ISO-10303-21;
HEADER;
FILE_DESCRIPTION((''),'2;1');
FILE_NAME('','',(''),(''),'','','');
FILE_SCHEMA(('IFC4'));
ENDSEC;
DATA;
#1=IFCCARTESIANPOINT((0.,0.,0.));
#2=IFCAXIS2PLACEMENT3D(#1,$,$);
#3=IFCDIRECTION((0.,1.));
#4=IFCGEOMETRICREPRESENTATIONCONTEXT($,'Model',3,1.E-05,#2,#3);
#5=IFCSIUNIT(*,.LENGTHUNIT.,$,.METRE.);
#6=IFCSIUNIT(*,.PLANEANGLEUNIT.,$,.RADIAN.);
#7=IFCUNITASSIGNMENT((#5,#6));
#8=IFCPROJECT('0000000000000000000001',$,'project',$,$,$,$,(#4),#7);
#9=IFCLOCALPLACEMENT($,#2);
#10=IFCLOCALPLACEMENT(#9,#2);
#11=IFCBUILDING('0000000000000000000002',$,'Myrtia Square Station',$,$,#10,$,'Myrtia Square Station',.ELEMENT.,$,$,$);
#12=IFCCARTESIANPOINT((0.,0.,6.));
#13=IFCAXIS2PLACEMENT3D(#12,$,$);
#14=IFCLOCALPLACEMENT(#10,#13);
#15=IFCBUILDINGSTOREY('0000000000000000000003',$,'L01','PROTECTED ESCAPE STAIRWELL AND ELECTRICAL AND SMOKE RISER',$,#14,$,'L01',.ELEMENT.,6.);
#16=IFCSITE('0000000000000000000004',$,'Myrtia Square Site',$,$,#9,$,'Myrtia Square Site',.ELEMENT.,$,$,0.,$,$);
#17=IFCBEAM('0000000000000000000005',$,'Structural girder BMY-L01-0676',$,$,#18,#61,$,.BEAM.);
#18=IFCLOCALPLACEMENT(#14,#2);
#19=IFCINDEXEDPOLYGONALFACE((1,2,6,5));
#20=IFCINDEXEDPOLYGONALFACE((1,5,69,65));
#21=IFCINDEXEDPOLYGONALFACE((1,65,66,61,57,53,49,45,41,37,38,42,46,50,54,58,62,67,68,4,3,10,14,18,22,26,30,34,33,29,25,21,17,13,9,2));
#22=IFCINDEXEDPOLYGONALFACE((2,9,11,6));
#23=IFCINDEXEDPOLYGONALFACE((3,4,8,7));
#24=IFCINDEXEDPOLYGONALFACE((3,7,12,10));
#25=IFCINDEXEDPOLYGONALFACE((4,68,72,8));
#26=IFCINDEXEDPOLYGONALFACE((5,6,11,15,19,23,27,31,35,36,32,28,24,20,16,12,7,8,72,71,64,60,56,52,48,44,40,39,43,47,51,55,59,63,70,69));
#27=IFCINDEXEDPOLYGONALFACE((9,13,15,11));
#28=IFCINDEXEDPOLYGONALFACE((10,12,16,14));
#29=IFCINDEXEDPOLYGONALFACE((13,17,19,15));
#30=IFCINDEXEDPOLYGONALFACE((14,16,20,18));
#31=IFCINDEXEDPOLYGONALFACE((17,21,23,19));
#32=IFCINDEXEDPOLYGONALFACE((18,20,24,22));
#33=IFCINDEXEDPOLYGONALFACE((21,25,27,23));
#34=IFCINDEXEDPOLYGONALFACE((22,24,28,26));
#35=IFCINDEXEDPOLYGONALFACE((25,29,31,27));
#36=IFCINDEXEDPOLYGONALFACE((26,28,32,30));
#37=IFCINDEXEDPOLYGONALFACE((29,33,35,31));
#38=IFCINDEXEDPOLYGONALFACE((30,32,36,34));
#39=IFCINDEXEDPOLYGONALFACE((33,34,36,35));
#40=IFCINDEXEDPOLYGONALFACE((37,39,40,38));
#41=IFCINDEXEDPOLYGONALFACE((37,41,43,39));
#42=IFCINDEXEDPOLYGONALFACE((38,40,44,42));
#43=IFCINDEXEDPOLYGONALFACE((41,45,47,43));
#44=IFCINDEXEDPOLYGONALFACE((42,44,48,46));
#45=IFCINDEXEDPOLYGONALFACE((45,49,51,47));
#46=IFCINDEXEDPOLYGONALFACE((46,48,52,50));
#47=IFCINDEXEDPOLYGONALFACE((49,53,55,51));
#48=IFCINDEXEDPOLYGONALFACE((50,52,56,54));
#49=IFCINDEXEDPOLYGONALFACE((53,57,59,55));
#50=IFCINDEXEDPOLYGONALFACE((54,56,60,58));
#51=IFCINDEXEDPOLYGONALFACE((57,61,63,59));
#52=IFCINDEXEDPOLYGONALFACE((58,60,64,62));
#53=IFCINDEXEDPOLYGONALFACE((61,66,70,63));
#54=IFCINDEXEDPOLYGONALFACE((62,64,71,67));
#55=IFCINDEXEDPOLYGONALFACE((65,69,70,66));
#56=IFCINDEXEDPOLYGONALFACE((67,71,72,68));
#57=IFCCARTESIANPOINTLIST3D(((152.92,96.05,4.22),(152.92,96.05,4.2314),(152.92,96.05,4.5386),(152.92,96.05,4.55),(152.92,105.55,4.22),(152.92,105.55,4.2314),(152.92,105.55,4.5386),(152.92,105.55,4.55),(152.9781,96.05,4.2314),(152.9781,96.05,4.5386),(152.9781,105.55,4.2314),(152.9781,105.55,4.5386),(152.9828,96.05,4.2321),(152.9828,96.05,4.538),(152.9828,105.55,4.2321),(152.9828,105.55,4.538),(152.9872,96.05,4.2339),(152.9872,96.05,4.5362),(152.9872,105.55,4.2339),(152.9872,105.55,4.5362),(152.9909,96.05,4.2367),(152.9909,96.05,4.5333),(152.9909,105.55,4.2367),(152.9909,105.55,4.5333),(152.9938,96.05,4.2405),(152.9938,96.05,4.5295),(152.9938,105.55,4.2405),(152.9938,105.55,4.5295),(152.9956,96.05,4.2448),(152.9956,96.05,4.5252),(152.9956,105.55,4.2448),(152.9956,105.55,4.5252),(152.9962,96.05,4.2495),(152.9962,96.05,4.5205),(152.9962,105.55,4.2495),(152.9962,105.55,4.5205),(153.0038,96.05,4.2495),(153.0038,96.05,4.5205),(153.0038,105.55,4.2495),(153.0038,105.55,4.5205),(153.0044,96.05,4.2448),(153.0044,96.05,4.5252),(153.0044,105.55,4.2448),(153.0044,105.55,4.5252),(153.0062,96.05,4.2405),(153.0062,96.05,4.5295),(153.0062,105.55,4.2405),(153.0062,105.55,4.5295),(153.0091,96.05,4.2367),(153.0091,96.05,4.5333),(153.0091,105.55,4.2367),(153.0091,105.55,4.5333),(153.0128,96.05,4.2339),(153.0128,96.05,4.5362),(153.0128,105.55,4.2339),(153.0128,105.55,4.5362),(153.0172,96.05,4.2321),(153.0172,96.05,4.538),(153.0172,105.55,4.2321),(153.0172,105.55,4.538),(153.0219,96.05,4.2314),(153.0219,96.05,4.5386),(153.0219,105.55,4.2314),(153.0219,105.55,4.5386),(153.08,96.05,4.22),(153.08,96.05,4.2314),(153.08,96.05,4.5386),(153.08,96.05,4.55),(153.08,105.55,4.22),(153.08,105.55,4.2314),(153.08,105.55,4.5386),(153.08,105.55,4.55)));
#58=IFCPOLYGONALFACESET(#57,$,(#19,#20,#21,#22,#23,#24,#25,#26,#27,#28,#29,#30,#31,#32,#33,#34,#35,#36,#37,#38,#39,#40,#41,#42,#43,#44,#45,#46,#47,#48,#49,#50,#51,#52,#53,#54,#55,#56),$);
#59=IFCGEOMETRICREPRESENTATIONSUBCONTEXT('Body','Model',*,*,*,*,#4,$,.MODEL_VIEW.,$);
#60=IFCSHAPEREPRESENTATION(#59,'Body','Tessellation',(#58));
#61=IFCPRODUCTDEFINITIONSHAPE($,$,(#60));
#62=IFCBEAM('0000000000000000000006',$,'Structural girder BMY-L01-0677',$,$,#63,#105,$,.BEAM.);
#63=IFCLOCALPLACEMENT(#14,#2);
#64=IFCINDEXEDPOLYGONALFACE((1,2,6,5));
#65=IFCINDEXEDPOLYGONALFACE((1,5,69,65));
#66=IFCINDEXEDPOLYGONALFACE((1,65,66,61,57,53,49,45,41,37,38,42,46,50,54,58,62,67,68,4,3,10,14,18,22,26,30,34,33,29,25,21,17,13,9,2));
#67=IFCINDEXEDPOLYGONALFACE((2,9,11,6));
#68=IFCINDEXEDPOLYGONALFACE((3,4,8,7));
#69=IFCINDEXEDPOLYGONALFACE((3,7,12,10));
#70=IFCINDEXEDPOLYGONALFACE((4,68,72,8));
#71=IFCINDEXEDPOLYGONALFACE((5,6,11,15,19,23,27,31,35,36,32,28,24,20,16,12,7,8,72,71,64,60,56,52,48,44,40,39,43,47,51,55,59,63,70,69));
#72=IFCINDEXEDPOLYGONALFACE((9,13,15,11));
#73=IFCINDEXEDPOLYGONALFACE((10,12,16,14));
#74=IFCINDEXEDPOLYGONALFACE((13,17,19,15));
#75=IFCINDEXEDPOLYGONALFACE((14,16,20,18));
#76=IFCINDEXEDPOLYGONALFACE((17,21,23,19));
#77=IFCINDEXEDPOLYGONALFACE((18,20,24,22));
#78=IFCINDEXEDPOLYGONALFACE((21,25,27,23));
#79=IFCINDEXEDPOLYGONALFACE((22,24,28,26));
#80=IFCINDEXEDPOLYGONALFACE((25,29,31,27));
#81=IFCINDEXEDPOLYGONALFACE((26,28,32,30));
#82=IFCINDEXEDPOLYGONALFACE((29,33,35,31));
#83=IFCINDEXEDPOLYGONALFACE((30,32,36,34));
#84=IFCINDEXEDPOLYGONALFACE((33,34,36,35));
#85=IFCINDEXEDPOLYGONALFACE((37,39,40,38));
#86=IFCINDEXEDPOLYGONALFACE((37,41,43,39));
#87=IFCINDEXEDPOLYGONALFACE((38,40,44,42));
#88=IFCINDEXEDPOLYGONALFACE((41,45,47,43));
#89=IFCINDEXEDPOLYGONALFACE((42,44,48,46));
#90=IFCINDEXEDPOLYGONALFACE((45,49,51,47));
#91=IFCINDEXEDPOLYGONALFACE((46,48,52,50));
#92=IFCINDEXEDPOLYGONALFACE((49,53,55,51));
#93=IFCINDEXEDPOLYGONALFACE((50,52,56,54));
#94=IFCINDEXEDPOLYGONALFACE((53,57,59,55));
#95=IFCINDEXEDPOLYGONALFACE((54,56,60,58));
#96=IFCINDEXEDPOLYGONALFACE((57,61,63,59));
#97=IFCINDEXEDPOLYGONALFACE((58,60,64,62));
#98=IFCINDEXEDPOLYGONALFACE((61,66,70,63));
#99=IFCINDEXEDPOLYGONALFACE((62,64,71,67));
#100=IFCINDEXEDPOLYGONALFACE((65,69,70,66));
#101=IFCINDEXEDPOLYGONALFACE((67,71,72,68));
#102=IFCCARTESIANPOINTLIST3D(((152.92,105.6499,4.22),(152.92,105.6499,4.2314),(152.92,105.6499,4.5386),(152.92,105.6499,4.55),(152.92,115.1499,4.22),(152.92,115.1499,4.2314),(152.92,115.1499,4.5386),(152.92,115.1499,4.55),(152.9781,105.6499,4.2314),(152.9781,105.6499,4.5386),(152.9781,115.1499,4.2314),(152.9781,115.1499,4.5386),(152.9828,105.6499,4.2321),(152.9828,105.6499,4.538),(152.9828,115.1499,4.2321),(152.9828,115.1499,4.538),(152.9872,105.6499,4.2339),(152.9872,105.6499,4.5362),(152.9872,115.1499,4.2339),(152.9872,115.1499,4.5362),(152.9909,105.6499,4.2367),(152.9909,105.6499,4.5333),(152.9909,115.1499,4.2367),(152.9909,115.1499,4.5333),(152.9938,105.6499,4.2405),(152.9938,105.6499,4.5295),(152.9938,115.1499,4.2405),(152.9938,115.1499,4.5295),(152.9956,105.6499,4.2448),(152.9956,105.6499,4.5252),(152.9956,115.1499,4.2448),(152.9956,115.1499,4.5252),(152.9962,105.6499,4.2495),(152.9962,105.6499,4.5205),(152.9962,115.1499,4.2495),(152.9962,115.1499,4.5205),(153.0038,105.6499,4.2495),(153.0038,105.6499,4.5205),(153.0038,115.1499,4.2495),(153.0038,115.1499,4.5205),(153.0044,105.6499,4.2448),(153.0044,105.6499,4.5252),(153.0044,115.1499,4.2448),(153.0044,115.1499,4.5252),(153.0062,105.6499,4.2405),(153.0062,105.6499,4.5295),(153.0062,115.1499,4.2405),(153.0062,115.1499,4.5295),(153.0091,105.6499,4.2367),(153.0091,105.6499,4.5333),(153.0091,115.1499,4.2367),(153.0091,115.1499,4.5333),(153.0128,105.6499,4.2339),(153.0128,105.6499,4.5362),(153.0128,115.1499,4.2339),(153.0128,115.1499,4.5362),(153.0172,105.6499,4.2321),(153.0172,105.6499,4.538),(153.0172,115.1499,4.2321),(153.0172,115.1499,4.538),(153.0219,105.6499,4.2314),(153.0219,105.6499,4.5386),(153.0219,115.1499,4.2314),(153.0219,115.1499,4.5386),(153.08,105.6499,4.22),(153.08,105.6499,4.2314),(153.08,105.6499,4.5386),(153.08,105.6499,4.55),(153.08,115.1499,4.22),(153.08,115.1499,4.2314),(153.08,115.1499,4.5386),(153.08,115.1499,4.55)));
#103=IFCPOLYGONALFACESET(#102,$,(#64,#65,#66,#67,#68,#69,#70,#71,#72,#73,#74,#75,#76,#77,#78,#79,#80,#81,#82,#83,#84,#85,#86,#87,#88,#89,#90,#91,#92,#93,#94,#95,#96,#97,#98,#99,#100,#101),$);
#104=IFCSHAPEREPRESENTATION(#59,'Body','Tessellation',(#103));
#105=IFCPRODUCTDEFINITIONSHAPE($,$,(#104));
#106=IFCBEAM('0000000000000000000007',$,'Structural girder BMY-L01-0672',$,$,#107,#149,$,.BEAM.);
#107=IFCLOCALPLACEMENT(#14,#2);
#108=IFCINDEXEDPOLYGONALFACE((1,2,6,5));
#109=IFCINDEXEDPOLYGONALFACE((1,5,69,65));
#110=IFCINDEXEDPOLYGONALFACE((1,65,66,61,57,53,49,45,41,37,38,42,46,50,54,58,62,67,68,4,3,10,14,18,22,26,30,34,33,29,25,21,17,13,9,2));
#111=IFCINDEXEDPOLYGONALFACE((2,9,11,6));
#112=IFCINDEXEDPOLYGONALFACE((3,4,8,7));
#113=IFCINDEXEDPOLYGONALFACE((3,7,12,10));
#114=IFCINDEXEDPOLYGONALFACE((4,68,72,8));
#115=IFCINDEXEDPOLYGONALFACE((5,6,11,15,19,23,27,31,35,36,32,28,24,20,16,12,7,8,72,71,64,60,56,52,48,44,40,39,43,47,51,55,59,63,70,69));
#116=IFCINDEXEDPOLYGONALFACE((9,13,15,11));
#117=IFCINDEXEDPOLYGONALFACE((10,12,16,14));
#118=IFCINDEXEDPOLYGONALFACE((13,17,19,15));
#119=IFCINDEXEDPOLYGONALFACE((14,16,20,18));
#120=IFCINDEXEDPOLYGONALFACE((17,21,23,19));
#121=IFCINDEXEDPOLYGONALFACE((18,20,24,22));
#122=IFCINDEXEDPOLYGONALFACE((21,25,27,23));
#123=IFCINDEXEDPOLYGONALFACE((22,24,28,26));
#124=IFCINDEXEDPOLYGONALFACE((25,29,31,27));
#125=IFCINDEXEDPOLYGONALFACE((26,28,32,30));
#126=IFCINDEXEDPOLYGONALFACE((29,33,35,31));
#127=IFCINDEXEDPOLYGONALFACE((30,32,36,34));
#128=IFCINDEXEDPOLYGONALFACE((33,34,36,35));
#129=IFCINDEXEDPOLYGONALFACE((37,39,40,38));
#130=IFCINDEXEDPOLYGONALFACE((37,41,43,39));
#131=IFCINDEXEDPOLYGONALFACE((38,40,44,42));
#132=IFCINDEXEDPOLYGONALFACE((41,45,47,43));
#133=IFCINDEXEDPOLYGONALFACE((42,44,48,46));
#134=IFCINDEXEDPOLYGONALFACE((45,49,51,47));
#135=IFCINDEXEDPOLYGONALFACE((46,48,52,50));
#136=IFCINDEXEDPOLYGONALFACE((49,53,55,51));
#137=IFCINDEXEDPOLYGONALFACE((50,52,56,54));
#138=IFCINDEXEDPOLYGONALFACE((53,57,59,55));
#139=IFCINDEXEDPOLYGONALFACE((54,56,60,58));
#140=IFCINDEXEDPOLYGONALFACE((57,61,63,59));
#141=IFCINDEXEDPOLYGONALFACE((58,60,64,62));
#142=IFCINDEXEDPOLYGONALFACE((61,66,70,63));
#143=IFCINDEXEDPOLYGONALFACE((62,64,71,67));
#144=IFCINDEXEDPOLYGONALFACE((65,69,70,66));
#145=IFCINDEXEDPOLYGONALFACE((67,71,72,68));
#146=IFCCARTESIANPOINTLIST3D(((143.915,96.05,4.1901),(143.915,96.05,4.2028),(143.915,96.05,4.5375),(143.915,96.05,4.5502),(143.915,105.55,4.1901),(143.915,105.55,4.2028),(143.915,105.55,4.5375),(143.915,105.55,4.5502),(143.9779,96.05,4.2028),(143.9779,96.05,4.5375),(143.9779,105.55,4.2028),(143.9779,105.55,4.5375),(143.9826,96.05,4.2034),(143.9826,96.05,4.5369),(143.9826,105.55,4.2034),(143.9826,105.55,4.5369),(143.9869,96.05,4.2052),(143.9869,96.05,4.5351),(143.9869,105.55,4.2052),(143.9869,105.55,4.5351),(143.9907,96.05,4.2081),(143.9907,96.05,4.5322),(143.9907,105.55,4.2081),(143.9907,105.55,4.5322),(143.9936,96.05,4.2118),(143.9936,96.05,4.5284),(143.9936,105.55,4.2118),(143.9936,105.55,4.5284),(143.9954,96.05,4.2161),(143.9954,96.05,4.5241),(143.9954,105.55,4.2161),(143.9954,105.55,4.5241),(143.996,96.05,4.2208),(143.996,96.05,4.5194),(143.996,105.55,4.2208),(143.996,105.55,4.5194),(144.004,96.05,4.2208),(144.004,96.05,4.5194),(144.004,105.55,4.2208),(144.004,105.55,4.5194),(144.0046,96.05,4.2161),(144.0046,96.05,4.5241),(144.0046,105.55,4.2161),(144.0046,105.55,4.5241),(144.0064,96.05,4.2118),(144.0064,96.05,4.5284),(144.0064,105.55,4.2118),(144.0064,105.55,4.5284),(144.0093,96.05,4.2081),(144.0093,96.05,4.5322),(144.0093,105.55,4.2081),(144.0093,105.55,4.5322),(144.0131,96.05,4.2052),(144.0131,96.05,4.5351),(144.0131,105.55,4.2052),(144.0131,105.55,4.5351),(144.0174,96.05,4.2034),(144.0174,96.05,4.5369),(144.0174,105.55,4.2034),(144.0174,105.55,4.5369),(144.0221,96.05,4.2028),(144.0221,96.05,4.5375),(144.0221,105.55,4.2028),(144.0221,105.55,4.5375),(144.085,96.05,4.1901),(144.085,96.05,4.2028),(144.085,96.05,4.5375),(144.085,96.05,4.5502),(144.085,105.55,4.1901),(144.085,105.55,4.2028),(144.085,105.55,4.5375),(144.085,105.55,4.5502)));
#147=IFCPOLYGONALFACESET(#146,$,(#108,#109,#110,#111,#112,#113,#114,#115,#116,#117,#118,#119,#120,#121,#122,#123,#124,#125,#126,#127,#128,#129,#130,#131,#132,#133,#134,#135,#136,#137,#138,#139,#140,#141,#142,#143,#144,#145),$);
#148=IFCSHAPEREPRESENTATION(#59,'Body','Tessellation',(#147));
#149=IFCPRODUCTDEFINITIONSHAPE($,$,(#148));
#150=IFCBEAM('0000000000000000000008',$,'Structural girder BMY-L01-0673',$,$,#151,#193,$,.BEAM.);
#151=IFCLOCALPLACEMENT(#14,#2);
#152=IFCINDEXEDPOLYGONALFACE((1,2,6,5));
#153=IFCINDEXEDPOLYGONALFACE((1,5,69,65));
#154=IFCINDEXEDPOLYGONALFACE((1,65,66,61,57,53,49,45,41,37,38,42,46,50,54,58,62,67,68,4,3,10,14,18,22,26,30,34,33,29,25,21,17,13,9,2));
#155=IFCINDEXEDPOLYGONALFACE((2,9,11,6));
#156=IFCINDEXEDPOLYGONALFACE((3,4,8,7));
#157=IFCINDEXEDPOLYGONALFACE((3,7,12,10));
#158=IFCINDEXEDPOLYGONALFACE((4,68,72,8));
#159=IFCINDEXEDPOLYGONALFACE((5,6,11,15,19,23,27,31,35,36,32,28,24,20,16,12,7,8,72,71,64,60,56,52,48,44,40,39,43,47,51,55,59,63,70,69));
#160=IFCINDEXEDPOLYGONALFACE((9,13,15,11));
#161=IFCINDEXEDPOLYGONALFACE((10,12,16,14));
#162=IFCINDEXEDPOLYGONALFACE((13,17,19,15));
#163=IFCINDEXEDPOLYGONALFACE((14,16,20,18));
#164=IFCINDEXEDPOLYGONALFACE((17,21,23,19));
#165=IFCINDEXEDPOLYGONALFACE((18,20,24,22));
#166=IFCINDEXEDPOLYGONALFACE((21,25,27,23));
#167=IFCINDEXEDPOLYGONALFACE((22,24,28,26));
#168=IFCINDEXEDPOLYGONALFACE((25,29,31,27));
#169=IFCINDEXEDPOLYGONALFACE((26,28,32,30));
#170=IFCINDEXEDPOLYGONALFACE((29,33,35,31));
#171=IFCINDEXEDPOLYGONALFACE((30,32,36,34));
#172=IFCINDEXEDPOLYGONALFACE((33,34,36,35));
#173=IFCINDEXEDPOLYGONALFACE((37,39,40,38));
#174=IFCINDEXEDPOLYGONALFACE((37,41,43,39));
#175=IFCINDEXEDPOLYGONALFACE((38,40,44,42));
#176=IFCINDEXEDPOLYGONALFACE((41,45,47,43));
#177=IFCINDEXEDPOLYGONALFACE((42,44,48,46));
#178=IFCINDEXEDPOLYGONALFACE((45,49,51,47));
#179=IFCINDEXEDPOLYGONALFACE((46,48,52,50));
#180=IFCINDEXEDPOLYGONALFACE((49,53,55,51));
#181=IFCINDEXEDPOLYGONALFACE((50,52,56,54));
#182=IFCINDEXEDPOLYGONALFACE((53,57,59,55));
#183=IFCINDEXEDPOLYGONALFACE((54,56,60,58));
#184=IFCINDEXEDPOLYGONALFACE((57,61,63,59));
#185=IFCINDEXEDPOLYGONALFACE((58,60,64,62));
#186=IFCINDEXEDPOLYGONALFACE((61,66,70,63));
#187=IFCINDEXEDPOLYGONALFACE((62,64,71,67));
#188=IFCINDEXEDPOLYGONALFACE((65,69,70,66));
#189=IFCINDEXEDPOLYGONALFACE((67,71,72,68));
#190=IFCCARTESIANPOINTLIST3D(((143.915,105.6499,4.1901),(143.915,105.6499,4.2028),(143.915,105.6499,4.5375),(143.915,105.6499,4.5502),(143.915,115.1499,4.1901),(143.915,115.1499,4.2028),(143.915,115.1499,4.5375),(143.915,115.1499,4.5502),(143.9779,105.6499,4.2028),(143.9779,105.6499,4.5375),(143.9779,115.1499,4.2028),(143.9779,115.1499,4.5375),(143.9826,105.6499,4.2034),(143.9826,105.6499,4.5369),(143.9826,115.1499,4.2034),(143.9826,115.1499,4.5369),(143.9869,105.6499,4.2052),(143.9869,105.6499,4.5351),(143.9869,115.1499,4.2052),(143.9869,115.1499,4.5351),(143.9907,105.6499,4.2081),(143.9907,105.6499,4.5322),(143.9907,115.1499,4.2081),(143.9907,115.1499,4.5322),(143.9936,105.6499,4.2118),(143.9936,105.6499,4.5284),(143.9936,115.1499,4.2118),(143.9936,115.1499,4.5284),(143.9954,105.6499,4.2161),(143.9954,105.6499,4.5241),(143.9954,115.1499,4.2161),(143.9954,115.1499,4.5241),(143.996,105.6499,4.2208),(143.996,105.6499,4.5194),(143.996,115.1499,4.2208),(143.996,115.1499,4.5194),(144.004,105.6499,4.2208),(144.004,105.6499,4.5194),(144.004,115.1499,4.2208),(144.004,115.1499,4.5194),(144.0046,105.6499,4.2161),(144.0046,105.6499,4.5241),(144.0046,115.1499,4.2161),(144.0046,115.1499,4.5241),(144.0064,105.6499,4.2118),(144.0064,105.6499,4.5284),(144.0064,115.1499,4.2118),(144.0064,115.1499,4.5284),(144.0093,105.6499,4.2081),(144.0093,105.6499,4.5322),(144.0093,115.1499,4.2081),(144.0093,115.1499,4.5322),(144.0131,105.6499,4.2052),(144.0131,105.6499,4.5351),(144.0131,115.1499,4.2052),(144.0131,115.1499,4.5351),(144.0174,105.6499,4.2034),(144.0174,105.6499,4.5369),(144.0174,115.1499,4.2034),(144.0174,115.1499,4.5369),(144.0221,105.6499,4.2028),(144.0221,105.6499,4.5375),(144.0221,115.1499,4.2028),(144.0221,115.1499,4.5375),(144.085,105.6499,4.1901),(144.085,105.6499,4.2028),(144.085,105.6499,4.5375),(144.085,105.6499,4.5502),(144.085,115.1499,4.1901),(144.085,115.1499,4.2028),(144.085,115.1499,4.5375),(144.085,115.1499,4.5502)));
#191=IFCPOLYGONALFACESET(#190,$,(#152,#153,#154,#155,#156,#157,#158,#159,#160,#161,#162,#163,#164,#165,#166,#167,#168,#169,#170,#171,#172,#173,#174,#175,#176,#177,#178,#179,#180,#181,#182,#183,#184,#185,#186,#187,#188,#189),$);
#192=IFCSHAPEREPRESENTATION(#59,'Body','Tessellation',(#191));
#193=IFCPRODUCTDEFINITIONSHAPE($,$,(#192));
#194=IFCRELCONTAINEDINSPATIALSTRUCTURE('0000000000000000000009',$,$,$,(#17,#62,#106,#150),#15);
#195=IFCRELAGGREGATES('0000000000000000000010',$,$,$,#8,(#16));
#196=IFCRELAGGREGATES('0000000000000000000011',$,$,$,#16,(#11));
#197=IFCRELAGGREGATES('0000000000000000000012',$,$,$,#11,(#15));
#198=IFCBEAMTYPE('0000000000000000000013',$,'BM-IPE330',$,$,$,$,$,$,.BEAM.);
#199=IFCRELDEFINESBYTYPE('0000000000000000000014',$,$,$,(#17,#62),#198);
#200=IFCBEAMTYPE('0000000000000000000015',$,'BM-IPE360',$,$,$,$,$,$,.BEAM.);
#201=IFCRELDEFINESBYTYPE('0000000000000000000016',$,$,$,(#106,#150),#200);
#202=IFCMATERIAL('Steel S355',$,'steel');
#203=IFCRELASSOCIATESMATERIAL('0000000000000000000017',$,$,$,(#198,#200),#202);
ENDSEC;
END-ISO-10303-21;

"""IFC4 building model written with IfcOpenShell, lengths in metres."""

from ifc_helpers import new_model, si_unit, direction, frame, origin, origin_2d, place, context, subcontext, project, spatial, i_section, extrude, material, material_profile, profile_set, type_object, element, save


model = new_model("IFC4")

# Units and contexts
model_context = context("Model", 3, precision=1e-05, world=origin(), true_north=direction((0.0, 1.0)))
body_context = subcontext(model_context, "Body", "Model", "MODEL_VIEW")
ifc_project = project(units=[si_unit("LENGTHUNIT", "METRE"), si_unit("PLANEANGLEUNIT", "RADIAN")], contexts=[model_context])

# Site, building, storey
site_placement = place(None, origin())
site = spatial("IfcSite", under=ifc_project, at=site_placement, Name="Myrtia Square Site", LongName="Myrtia Square Site", CompositionType="ELEMENT", RefElevation=0.0)
building_placement = place(site_placement, origin())
building = spatial("IfcBuilding", under=site, at=building_placement, Name="Myrtia Square Station", LongName="Myrtia Square Station", CompositionType="ELEMENT")
storey_placement = place(building_placement, frame((0.0, 0.0, 6.0)))
storey = spatial("IfcBuildingStorey", under=building, at=storey_placement, Name="L01", Description="PROTECTED ESCAPE STAIRWELL AND ELECTRICAL AND SMOKE RISER", LongName="L01", CompositionType="ELEMENT", Elevation=6.0)

# Shared definitions
ifc_material_1 = material(Name="Steel S355", Category="steel")

# Beams
ifc_material_profile_1 = material_profile(ifc_material_1, i_section(OverallWidth=0.1599, OverallDepth=0.3301, WebThickness=0.0076, FlangeThickness=0.0115, FilletRadius=0.0181, at=origin_2d()), Name="IPE 330")
ifc_profile_set_1 = profile_set([ifc_material_profile_1], Name="Steel S355")
beam_type_1 = type_object("IfcBeamType", Name="BM-IPE330", PredefinedType="BEAM", material=ifc_profile_set_1)
for number, where, z_axis, x_axis, name in (
    (1, (153.0, 96.05, 4.385), (0.0, 1.0, 0.0), (-1.0, 0.0, 0.0), "Structural girder BMY-L01-0676"),
    (2, (153.0, 105.6499, 4.385), (0.0, 1.0, 0.0), (-1.0, 0.0, 0.0), "Structural girder BMY-L01-0677"),
):
    element("IfcBeam", number, at=place(storey_placement, frame(where, z_axis=z_axis, x_axis=x_axis)), inside=storey, type_object=beam_type_1, Name=name, PredefinedType="BEAM", context=body_context, shape_type="SweptSolid", body=[
        extrude(i_section(OverallWidth=0.1599, OverallDepth=0.3301, WebThickness=0.0076, FlangeThickness=0.0115, FilletRadius=0.0181, at=origin_2d()), origin(), (0.0, 0.0, 1.0), 9.5),
    ])
ifc_material_profile_2 = material_profile(ifc_material_1, i_section(OverallWidth=0.1699, OverallDepth=0.3601, WebThickness=0.0081, FlangeThickness=0.0127, FilletRadius=0.0181, at=origin_2d()), Name="IPE 360")
ifc_profile_set_2 = profile_set([ifc_material_profile_2], Name="Steel S355")
beam_type_2 = type_object("IfcBeamType", Name="BM-IPE360", PredefinedType="BEAM", material=ifc_profile_set_2)
for number, where, z_axis, x_axis, name in (
    (3, (144.0, 96.05, 4.3701), (0.0, 1.0, 0.0), (-1.0, 0.0, 0.0), "Structural girder BMY-L01-0672"),
    (4, (144.0, 105.6499, 4.3701), (0.0, 1.0, 0.0), (-1.0, 0.0, 0.0), "Structural girder BMY-L01-0673"),
):
    element("IfcBeam", number, at=place(storey_placement, frame(where, z_axis=z_axis, x_axis=x_axis)), inside=storey, type_object=beam_type_2, Name=name, PredefinedType="BEAM", context=body_context, shape_type="SweptSolid", body=[
        extrude(i_section(OverallWidth=0.1699, OverallDepth=0.3601, WebThickness=0.0081, FlangeThickness=0.0127, FilletRadius=0.0181, at=origin_2d()), origin(), (0.0, 0.0, 1.0), 9.5),
    ])

save(model, "model.ifc")
